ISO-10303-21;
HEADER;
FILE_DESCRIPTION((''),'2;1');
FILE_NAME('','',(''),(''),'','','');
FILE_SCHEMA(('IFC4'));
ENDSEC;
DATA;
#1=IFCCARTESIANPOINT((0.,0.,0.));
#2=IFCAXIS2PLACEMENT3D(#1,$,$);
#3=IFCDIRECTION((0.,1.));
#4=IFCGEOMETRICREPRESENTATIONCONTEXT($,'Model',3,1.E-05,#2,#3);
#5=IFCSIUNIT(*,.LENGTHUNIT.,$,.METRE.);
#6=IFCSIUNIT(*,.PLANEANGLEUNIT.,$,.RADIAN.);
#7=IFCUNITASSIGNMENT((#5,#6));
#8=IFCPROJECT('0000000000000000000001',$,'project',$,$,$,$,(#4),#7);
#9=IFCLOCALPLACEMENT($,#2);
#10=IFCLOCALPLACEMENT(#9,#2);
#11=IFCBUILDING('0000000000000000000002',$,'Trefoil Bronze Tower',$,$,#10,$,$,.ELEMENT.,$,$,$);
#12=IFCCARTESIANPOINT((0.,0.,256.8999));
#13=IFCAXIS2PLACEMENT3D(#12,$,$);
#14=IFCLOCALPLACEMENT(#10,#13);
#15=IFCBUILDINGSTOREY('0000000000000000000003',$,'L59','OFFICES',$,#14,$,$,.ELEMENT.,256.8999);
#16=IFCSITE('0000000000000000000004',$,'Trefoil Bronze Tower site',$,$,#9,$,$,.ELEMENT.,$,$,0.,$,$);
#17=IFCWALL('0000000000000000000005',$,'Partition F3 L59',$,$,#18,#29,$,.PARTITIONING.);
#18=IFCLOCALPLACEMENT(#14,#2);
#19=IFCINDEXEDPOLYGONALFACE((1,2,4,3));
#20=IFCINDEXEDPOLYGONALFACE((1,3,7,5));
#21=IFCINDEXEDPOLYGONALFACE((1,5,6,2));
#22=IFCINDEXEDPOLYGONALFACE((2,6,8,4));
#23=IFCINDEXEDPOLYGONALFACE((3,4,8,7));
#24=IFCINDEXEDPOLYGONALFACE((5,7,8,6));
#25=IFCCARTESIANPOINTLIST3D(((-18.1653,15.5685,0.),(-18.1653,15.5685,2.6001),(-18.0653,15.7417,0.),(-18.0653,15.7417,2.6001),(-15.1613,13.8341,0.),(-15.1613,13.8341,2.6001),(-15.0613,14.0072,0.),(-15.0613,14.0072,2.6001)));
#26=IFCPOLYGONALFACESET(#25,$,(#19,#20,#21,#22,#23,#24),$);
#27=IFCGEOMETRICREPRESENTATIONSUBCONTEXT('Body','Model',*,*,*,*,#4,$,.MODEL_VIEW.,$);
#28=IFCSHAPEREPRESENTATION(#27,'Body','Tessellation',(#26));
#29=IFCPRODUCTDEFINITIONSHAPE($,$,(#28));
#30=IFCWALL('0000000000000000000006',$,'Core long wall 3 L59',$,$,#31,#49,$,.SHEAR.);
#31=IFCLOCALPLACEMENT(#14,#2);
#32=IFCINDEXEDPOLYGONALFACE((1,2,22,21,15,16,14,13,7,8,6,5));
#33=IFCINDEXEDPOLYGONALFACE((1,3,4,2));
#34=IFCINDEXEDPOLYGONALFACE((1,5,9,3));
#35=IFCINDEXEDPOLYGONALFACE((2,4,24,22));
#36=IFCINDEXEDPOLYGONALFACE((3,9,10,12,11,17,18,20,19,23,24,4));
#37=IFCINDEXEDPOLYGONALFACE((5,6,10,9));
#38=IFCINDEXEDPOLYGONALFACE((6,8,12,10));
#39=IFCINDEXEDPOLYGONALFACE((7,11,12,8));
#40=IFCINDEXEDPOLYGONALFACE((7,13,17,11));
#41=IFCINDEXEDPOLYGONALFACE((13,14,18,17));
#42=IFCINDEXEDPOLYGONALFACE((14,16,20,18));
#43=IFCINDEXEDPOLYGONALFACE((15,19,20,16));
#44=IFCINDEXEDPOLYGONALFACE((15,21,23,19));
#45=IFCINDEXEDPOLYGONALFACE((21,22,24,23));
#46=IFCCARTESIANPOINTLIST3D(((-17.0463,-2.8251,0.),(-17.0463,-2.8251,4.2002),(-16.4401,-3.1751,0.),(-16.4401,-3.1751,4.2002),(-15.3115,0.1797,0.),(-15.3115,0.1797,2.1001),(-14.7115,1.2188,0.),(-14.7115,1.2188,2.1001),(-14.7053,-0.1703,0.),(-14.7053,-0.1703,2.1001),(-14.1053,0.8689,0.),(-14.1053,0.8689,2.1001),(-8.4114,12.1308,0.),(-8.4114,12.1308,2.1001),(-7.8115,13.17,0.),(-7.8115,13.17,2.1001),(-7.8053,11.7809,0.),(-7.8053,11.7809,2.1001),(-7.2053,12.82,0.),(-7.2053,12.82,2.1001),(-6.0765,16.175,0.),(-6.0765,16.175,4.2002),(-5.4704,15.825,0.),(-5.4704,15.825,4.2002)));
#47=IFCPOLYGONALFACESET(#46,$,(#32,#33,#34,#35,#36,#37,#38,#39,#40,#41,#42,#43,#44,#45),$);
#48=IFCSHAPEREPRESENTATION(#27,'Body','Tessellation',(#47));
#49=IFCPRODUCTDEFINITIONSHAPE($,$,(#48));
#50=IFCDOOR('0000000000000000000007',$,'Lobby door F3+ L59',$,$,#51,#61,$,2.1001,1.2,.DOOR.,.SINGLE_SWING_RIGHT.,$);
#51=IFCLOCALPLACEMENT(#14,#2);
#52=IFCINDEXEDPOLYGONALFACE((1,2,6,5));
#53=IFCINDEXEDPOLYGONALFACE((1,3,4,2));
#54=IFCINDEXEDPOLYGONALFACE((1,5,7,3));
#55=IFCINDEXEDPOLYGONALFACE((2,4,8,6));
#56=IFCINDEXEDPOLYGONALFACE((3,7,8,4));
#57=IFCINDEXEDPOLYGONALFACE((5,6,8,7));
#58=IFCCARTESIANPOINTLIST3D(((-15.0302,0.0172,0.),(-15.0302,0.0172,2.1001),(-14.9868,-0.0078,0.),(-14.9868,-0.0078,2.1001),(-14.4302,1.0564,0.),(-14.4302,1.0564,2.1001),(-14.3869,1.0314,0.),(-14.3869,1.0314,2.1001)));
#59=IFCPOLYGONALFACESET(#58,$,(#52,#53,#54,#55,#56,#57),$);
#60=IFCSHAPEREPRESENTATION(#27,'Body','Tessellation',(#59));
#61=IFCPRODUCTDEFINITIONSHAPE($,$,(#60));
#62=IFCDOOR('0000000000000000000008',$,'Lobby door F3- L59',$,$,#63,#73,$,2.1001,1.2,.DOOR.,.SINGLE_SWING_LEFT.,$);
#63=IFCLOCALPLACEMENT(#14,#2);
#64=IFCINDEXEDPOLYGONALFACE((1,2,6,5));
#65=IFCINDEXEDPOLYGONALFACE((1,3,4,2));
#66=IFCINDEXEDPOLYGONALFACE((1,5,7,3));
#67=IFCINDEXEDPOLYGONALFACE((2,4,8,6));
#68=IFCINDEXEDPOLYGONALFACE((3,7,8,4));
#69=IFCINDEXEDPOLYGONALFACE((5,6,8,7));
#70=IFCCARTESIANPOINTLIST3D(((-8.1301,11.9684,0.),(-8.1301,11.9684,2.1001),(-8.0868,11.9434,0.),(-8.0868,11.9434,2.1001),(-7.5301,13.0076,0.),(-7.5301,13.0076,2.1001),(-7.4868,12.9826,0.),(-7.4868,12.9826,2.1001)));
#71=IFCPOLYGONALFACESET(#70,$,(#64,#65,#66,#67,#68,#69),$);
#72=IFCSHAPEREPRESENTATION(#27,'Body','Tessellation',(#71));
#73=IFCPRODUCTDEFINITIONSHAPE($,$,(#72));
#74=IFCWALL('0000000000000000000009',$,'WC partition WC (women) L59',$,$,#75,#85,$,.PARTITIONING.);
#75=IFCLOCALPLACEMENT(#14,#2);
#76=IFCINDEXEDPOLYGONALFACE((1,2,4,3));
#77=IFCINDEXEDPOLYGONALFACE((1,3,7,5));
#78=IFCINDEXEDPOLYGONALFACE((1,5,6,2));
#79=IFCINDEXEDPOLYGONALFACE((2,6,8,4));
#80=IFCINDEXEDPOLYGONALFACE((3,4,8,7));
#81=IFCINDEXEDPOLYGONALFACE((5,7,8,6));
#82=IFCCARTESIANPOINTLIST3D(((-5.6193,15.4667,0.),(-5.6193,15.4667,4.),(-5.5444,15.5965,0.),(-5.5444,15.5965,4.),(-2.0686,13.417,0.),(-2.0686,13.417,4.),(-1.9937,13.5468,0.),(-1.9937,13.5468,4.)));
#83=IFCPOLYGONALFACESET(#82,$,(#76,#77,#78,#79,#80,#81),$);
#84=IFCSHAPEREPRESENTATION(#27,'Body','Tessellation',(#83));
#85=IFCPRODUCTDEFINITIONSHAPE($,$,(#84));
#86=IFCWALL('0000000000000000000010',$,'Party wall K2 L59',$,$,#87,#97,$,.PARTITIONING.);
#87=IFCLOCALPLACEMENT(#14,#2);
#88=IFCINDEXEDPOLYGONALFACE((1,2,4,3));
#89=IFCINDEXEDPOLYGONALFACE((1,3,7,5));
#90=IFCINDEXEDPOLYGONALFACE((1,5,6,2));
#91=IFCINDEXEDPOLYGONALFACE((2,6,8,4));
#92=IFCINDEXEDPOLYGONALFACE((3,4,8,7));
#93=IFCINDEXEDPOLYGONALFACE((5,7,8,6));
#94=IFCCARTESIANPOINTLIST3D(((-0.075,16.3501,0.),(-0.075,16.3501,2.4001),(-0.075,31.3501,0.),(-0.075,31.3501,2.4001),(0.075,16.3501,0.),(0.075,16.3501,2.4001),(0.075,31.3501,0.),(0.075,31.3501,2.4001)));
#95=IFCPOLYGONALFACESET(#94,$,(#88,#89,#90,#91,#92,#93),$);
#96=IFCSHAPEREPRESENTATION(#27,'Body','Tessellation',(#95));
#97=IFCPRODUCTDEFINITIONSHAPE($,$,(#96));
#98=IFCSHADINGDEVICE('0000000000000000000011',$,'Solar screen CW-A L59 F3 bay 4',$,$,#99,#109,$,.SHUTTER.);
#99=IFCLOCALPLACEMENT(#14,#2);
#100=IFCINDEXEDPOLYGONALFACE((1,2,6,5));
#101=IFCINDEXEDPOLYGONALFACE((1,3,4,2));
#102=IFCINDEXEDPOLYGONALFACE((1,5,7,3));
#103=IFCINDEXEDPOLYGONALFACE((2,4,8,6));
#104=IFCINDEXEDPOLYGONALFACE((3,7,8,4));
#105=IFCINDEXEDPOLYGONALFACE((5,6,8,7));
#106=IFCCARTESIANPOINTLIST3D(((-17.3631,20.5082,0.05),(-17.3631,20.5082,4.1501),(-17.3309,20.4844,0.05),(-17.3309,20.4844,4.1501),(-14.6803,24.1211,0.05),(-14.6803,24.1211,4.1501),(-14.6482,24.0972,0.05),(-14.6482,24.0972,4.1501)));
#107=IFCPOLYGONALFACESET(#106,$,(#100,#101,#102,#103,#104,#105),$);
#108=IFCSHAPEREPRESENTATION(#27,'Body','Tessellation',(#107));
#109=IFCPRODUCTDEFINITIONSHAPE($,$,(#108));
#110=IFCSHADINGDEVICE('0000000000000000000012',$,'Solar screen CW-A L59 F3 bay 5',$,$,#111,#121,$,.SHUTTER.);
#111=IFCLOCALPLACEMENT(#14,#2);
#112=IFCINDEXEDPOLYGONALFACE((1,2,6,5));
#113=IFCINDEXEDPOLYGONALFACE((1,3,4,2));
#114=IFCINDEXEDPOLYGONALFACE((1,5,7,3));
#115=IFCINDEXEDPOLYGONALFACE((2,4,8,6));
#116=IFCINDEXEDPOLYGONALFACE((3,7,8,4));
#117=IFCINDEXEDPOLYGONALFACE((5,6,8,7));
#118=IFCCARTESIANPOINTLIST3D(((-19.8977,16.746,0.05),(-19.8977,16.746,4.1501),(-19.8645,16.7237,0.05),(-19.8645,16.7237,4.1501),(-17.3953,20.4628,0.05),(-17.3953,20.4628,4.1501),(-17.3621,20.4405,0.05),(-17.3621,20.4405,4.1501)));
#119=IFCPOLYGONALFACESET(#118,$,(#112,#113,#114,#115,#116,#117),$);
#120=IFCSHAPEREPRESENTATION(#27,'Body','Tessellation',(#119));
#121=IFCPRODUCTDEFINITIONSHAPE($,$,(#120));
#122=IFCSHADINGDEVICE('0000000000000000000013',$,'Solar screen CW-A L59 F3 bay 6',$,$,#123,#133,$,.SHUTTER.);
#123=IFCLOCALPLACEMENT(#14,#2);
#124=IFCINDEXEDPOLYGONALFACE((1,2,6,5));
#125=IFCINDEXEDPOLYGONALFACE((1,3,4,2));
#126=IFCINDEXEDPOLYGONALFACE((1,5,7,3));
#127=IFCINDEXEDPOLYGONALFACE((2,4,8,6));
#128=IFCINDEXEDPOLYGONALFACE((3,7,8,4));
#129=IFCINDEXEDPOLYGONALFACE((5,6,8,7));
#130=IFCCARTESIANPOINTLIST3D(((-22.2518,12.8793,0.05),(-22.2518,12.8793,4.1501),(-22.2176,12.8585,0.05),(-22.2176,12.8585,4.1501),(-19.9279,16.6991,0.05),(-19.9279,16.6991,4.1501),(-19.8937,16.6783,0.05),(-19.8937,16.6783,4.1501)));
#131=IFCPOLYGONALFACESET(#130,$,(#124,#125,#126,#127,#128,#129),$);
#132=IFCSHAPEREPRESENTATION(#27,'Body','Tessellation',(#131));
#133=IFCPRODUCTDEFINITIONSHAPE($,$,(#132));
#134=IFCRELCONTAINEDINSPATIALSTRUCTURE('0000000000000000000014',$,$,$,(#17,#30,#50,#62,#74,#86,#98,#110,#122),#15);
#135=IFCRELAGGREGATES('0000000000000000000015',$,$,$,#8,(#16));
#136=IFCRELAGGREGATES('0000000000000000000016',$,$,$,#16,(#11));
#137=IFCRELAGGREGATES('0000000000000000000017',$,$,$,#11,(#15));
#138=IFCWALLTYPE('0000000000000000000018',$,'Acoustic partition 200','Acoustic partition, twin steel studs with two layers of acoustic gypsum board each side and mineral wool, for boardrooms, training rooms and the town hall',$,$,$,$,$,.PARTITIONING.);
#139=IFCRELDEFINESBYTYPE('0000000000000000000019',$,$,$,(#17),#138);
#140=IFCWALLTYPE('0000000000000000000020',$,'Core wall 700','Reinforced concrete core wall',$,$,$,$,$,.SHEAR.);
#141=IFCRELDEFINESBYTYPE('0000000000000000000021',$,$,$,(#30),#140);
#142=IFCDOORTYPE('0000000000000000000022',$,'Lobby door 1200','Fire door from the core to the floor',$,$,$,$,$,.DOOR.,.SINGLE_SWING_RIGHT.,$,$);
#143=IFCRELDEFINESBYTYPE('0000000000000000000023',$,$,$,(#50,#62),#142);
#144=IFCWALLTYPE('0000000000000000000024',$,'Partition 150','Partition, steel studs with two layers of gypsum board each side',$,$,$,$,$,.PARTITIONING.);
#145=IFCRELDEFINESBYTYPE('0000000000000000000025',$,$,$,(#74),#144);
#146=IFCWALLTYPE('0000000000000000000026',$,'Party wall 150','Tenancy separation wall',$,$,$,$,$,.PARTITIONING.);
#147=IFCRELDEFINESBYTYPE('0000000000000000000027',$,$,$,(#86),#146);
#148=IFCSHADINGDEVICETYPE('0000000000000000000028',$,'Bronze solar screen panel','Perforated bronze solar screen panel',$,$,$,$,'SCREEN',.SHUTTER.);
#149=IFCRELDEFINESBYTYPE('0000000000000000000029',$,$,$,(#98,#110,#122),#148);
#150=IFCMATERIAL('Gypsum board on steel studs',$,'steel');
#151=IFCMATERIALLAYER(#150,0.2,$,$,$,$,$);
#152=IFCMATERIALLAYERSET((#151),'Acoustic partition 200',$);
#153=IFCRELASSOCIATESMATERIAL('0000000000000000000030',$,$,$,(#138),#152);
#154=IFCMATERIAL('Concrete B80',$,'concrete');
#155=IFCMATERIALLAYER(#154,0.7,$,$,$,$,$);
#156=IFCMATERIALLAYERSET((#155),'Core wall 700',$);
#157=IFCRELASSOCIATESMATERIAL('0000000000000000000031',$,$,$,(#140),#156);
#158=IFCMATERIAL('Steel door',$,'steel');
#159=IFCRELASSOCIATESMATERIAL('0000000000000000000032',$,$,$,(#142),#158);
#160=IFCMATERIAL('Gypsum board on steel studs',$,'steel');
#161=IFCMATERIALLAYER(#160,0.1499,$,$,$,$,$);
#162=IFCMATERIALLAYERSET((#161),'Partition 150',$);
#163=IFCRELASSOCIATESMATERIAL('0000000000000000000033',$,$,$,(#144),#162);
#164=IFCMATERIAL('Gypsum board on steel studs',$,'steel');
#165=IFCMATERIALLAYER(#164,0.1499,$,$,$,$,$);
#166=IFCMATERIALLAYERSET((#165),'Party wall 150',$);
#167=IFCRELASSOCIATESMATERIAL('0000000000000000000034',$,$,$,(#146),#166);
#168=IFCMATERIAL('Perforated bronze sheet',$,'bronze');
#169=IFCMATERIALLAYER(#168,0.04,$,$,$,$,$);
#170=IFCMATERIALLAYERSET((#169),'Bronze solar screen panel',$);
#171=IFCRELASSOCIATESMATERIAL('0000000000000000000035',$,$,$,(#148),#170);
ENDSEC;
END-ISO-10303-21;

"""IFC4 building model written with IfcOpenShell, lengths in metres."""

from ifc_helpers import new_model, si_unit, direction, frame, frame_2d, origin, origin_2d, place, context, subcontext, project, spatial, rectangle, extrude, material, layer, layer_set, type_object, element, fill, save


model = new_model("IFC4")

# Units and contexts
model_context = context("Model", 3, precision=1e-05, world=origin(), true_north=direction((0.0, 1.0)))
body_context = subcontext(model_context, "Body", "Model", "MODEL_VIEW")
ifc_project = project(units=[si_unit("LENGTHUNIT", "METRE"), si_unit("PLANEANGLEUNIT", "RADIAN")], contexts=[model_context])

# Site, building, storey
site_placement = place(None, origin())
site = spatial("IfcSite", under=ifc_project, at=site_placement, Name="Trefoil Bronze Tower site", CompositionType="ELEMENT", RefElevation=0.0)
building_placement = place(site_placement, origin())
building = spatial("IfcBuilding", under=site, at=building_placement, Name="Trefoil Bronze Tower", CompositionType="ELEMENT")
storey_placement = place(building_placement, frame((0.0, 0.0, 256.8999)))
storey = spatial("IfcBuildingStorey", under=building, at=storey_placement, Name="L59", Description="OFFICES", CompositionType="ELEMENT", Elevation=256.8999)

# Shared definitions
ifc_material_1 = material(Name="Gypsum board on steel studs", Category="steel")
ifc_layer_1 = layer(ifc_material_1, 0.2)
ifc_layer_set_1 = layer_set([ifc_layer_1], Name="Acoustic partition 200")
wall_type_1 = type_object("IfcWallType", Name="Acoustic partition 200", Description="Acoustic partition, twin steel studs with two layers of acoustic gypsum board each side and mineral wool, for boardrooms, training rooms and the town hall", PredefinedType="PARTITIONING", material=ifc_layer_set_1)

# Wall
wall_1_placement = place(storey_placement, frame((-15.1113, 13.9207, 0.0), z_axis=(0.0, 0.0, 1.0), x_axis=(-0.866017, 0.500015, 0.0)))
element("IfcWall", 1, at=wall_1_placement, inside=storey, type_object=wall_type_1, Name="Partition F3 L59", PredefinedType="PARTITIONING", context=body_context, shape_type="SweptSolid", body=[
    extrude(rectangle(XDim=3.4688, YDim=0.2, at=frame_2d((1.7344, 0.0))), origin(), (0.0, 0.0, 1.0), 2.6001),
])

# Wall, openings, doors
ifc_material_2 = material(Name="Concrete B80", Category="concrete")
ifc_layer_2 = layer(ifc_material_2, 0.7)
ifc_layer_set_2 = layer_set([ifc_layer_2], Name="Core wall 700")
wall_type_2 = type_object("IfcWallType", Name="Core wall 700", Description="Reinforced concrete core wall", PredefinedType="SHEAR", material=ifc_layer_set_2)
wall_2_placement = place(storey_placement, frame((-5.7734, 16.0, 0.0), z_axis=(0.0, 0.0, 1.0), x_axis=(-0.500002, -0.866024, 0.0)))
wall_2 = element("IfcWall", 2, at=wall_2_placement, inside=storey, type_object=wall_type_2, Name="Core long wall 3 L59", PredefinedType="SHEAR", context=body_context, shape_type="SweptSolid", body=[
    extrude(rectangle(XDim=21.9395, YDim=0.7, at=frame_2d((10.9697, 0.0))), origin(), (0.0, 0.0, 1.0), 4.2002),
])
opening_1_placement = place(wall_2_placement, frame((17.2698, 0.0, 0.0)))
opening_1 = element("IfcOpeningElement", 3, at=opening_1_placement, cuts=wall_2, PredefinedType="OPENING", context=body_context, shape_type="SweptSolid", body=[
    extrude(rectangle(XDim=1.2, YDim=2.1001, at=frame_2d((0.6001, 1.05))), frame((0.0, 0.3599, 0.0), z_axis=(0.0, -1.0, 0.0), x_axis=(1.0, 0.0, 0.0)), (0.0, 0.0, 1.0), 0.72),
])
opening_2_placement = place(wall_2_placement, frame((3.4697, 0.0, 0.0)))
opening_2 = element("IfcOpeningElement", 4, at=opening_2_placement, cuts=wall_2, PredefinedType="OPENING", context=body_context, shape_type="SweptSolid", body=[
    extrude(rectangle(XDim=1.2, YDim=2.1001, at=frame_2d((0.6001, 1.05))), frame((0.0, 0.3599, 0.0), z_axis=(0.0, -1.0, 0.0), x_axis=(1.0, 0.0, 0.0)), (0.0, 0.0, 1.0), 0.72),
])
ifc_material_3 = material(Name="Steel door", Category="steel")
door_type_1 = type_object("IfcDoorType", Name="Lobby door 1200", Description="Fire door from the core to the floor", OperationType="SINGLE_SWING_RIGHT", PredefinedType="DOOR", material=ifc_material_3)
door_1_placement = place(opening_1_placement, origin())
door_1 = element("IfcDoor", 5, at=door_1_placement, inside=storey, type_object=door_type_1, Name="Lobby door F3+ L59", OperationType="SINGLE_SWING_RIGHT", OverallHeight=2.1001, OverallWidth=1.2, PredefinedType="DOOR", context=body_context, shape_type="SweptSolid", body=[
    extrude(rectangle(XDim=1.2, YDim=2.1001, at=frame_2d((0.6001, 1.05))), frame((0.0, 0.0249, 0.0), z_axis=(0.0, -1.0, 0.0), x_axis=(1.0, 0.0, 0.0)), (0.0, 0.0, 1.0), 0.05),
])
fill(opening_1, door_1)
door_2_placement = place(opening_2_placement, origin())
door_2 = element("IfcDoor", 6, at=door_2_placement, inside=storey, type_object=door_type_1, Name="Lobby door F3- L59", OperationType="SINGLE_SWING_LEFT", OverallHeight=2.1001, OverallWidth=1.2, PredefinedType="DOOR", context=body_context, shape_type="SweptSolid", body=[
    extrude(rectangle(XDim=1.2, YDim=2.1001, at=frame_2d((0.6001, 1.05))), frame((0.0, 0.0249, 0.0), z_axis=(0.0, -1.0, 0.0), x_axis=(1.0, 0.0, 0.0)), (0.0, 0.0, 1.0), 0.05),
])
fill(opening_2, door_2)

# Walls
ifc_material_4 = material(Name="Gypsum board on steel studs", Category="steel")
ifc_layer_3 = layer(ifc_material_4, 0.1499)
ifc_layer_set_3 = layer_set([ifc_layer_3], Name="Partition 150")
wall_type_3 = type_object("IfcWallType", Name="Partition 150", Description="Partition, steel studs with two layers of gypsum board each side", PredefinedType="PARTITIONING", material=ifc_layer_set_3)
wall_3_placement = place(storey_placement, frame((-2.0312, 13.4819, 0.0), z_axis=(0.0, 0.0, 1.0), x_axis=(-0.866051, 0.499956, 0.0)))
element("IfcWall", 7, at=wall_3_placement, inside=storey, type_object=wall_type_3, Name="WC partition WC (women) L59", PredefinedType="PARTITIONING", context=body_context, shape_type="SweptSolid", body=[
    extrude(rectangle(XDim=4.0999, YDim=0.1499, at=frame_2d((2.0498, 0.0))), origin(), (0.0, 0.0, 1.0), 4.0),
])
ifc_material_5 = material(Name="Gypsum board on steel studs", Category="steel")
ifc_layer_4 = layer(ifc_material_5, 0.1499)
ifc_layer_set_4 = layer_set([ifc_layer_4], Name="Party wall 150")
wall_type_4 = type_object("IfcWallType", Name="Party wall 150", Description="Tenancy separation wall", PredefinedType="PARTITIONING", material=ifc_layer_set_4)
wall_4_placement = place(storey_placement, frame((0.0, 16.3501, 0.0), z_axis=(0.0, 0.0, 1.0), x_axis=(0.0, 1.0, 0.0)))
element("IfcWall", 8, at=wall_4_placement, inside=storey, type_object=wall_type_4, Name="Party wall K2 L59", PredefinedType="PARTITIONING", context=body_context, shape_type="SweptSolid", body=[
    extrude(rectangle(XDim=15.0, YDim=0.1499, at=frame_2d((7.5, 0.0))), origin(), (0.0, 0.0, 1.0), 2.4001),
])

# Shading devices
ifc_material_6 = material(Name="Perforated bronze sheet", Category="bronze")
ifc_layer_5 = layer(ifc_material_6, 0.04)
ifc_layer_set_5 = layer_set([ifc_layer_5], Name="Bronze solar screen panel")
shading_device_type = type_object("IfcShadingDeviceType", Name="Bronze solar screen panel", Description="Perforated bronze solar screen panel", ElementType="SCREEN", PredefinedType="SHUTTER", material=ifc_layer_set_5)
shading_device_1_placement = place(storey_placement, frame((-16.0056, 22.3027, 0.05), z_axis=(0.0, 0.0, 1.0), x_axis=(-0.596162, -0.802865, 0.0)))
element("IfcShadingDevice", 9, at=shading_device_1_placement, inside=storey, type_object=shading_device_type, Name="Solar screen CW-A L59 F3 bay 4", PredefinedType="SHUTTER", context=body_context, shape_type="SweptSolid", body=[
    extrude(rectangle(XDim=4.5, YDim=0.04, at=origin_2d()), origin(), (0.0, 0.0, 1.0), 4.1001),
])
shading_device_2_placement = place(storey_placement, frame((-18.6299, 18.5933, 0.05), z_axis=(0.0, 0.0, 1.0), x_axis=(-0.558493, -0.829509, 0.0)))
element("IfcShadingDevice", 10, at=shading_device_2_placement, inside=storey, type_object=shading_device_type, Name="Solar screen CW-A L59 F3 bay 5", PredefinedType="SHUTTER", context=body_context, shape_type="SweptSolid", body=[
    extrude(rectangle(XDim=4.4807, YDim=0.04, at=origin_2d()), origin(), (0.0, 0.0, 1.0), 4.1001),
])
shading_device_3_placement = place(storey_placement, frame((-21.0728, 14.7788, 0.05), z_axis=(0.0, 0.0, 1.0), x_axis=(-0.519762, -0.854311, 0.0)))
element("IfcShadingDevice", 11, at=shading_device_3_placement, inside=storey, type_object=shading_device_type, Name="Solar screen CW-A L59 F3 bay 6", PredefinedType="SHUTTER", context=body_context, shape_type="SweptSolid", body=[
    extrude(rectangle(XDim=4.4712, YDim=0.04, at=origin_2d()), origin(), (0.0, 0.0, 1.0), 4.1001),
])

save(model, "model.ifc")
